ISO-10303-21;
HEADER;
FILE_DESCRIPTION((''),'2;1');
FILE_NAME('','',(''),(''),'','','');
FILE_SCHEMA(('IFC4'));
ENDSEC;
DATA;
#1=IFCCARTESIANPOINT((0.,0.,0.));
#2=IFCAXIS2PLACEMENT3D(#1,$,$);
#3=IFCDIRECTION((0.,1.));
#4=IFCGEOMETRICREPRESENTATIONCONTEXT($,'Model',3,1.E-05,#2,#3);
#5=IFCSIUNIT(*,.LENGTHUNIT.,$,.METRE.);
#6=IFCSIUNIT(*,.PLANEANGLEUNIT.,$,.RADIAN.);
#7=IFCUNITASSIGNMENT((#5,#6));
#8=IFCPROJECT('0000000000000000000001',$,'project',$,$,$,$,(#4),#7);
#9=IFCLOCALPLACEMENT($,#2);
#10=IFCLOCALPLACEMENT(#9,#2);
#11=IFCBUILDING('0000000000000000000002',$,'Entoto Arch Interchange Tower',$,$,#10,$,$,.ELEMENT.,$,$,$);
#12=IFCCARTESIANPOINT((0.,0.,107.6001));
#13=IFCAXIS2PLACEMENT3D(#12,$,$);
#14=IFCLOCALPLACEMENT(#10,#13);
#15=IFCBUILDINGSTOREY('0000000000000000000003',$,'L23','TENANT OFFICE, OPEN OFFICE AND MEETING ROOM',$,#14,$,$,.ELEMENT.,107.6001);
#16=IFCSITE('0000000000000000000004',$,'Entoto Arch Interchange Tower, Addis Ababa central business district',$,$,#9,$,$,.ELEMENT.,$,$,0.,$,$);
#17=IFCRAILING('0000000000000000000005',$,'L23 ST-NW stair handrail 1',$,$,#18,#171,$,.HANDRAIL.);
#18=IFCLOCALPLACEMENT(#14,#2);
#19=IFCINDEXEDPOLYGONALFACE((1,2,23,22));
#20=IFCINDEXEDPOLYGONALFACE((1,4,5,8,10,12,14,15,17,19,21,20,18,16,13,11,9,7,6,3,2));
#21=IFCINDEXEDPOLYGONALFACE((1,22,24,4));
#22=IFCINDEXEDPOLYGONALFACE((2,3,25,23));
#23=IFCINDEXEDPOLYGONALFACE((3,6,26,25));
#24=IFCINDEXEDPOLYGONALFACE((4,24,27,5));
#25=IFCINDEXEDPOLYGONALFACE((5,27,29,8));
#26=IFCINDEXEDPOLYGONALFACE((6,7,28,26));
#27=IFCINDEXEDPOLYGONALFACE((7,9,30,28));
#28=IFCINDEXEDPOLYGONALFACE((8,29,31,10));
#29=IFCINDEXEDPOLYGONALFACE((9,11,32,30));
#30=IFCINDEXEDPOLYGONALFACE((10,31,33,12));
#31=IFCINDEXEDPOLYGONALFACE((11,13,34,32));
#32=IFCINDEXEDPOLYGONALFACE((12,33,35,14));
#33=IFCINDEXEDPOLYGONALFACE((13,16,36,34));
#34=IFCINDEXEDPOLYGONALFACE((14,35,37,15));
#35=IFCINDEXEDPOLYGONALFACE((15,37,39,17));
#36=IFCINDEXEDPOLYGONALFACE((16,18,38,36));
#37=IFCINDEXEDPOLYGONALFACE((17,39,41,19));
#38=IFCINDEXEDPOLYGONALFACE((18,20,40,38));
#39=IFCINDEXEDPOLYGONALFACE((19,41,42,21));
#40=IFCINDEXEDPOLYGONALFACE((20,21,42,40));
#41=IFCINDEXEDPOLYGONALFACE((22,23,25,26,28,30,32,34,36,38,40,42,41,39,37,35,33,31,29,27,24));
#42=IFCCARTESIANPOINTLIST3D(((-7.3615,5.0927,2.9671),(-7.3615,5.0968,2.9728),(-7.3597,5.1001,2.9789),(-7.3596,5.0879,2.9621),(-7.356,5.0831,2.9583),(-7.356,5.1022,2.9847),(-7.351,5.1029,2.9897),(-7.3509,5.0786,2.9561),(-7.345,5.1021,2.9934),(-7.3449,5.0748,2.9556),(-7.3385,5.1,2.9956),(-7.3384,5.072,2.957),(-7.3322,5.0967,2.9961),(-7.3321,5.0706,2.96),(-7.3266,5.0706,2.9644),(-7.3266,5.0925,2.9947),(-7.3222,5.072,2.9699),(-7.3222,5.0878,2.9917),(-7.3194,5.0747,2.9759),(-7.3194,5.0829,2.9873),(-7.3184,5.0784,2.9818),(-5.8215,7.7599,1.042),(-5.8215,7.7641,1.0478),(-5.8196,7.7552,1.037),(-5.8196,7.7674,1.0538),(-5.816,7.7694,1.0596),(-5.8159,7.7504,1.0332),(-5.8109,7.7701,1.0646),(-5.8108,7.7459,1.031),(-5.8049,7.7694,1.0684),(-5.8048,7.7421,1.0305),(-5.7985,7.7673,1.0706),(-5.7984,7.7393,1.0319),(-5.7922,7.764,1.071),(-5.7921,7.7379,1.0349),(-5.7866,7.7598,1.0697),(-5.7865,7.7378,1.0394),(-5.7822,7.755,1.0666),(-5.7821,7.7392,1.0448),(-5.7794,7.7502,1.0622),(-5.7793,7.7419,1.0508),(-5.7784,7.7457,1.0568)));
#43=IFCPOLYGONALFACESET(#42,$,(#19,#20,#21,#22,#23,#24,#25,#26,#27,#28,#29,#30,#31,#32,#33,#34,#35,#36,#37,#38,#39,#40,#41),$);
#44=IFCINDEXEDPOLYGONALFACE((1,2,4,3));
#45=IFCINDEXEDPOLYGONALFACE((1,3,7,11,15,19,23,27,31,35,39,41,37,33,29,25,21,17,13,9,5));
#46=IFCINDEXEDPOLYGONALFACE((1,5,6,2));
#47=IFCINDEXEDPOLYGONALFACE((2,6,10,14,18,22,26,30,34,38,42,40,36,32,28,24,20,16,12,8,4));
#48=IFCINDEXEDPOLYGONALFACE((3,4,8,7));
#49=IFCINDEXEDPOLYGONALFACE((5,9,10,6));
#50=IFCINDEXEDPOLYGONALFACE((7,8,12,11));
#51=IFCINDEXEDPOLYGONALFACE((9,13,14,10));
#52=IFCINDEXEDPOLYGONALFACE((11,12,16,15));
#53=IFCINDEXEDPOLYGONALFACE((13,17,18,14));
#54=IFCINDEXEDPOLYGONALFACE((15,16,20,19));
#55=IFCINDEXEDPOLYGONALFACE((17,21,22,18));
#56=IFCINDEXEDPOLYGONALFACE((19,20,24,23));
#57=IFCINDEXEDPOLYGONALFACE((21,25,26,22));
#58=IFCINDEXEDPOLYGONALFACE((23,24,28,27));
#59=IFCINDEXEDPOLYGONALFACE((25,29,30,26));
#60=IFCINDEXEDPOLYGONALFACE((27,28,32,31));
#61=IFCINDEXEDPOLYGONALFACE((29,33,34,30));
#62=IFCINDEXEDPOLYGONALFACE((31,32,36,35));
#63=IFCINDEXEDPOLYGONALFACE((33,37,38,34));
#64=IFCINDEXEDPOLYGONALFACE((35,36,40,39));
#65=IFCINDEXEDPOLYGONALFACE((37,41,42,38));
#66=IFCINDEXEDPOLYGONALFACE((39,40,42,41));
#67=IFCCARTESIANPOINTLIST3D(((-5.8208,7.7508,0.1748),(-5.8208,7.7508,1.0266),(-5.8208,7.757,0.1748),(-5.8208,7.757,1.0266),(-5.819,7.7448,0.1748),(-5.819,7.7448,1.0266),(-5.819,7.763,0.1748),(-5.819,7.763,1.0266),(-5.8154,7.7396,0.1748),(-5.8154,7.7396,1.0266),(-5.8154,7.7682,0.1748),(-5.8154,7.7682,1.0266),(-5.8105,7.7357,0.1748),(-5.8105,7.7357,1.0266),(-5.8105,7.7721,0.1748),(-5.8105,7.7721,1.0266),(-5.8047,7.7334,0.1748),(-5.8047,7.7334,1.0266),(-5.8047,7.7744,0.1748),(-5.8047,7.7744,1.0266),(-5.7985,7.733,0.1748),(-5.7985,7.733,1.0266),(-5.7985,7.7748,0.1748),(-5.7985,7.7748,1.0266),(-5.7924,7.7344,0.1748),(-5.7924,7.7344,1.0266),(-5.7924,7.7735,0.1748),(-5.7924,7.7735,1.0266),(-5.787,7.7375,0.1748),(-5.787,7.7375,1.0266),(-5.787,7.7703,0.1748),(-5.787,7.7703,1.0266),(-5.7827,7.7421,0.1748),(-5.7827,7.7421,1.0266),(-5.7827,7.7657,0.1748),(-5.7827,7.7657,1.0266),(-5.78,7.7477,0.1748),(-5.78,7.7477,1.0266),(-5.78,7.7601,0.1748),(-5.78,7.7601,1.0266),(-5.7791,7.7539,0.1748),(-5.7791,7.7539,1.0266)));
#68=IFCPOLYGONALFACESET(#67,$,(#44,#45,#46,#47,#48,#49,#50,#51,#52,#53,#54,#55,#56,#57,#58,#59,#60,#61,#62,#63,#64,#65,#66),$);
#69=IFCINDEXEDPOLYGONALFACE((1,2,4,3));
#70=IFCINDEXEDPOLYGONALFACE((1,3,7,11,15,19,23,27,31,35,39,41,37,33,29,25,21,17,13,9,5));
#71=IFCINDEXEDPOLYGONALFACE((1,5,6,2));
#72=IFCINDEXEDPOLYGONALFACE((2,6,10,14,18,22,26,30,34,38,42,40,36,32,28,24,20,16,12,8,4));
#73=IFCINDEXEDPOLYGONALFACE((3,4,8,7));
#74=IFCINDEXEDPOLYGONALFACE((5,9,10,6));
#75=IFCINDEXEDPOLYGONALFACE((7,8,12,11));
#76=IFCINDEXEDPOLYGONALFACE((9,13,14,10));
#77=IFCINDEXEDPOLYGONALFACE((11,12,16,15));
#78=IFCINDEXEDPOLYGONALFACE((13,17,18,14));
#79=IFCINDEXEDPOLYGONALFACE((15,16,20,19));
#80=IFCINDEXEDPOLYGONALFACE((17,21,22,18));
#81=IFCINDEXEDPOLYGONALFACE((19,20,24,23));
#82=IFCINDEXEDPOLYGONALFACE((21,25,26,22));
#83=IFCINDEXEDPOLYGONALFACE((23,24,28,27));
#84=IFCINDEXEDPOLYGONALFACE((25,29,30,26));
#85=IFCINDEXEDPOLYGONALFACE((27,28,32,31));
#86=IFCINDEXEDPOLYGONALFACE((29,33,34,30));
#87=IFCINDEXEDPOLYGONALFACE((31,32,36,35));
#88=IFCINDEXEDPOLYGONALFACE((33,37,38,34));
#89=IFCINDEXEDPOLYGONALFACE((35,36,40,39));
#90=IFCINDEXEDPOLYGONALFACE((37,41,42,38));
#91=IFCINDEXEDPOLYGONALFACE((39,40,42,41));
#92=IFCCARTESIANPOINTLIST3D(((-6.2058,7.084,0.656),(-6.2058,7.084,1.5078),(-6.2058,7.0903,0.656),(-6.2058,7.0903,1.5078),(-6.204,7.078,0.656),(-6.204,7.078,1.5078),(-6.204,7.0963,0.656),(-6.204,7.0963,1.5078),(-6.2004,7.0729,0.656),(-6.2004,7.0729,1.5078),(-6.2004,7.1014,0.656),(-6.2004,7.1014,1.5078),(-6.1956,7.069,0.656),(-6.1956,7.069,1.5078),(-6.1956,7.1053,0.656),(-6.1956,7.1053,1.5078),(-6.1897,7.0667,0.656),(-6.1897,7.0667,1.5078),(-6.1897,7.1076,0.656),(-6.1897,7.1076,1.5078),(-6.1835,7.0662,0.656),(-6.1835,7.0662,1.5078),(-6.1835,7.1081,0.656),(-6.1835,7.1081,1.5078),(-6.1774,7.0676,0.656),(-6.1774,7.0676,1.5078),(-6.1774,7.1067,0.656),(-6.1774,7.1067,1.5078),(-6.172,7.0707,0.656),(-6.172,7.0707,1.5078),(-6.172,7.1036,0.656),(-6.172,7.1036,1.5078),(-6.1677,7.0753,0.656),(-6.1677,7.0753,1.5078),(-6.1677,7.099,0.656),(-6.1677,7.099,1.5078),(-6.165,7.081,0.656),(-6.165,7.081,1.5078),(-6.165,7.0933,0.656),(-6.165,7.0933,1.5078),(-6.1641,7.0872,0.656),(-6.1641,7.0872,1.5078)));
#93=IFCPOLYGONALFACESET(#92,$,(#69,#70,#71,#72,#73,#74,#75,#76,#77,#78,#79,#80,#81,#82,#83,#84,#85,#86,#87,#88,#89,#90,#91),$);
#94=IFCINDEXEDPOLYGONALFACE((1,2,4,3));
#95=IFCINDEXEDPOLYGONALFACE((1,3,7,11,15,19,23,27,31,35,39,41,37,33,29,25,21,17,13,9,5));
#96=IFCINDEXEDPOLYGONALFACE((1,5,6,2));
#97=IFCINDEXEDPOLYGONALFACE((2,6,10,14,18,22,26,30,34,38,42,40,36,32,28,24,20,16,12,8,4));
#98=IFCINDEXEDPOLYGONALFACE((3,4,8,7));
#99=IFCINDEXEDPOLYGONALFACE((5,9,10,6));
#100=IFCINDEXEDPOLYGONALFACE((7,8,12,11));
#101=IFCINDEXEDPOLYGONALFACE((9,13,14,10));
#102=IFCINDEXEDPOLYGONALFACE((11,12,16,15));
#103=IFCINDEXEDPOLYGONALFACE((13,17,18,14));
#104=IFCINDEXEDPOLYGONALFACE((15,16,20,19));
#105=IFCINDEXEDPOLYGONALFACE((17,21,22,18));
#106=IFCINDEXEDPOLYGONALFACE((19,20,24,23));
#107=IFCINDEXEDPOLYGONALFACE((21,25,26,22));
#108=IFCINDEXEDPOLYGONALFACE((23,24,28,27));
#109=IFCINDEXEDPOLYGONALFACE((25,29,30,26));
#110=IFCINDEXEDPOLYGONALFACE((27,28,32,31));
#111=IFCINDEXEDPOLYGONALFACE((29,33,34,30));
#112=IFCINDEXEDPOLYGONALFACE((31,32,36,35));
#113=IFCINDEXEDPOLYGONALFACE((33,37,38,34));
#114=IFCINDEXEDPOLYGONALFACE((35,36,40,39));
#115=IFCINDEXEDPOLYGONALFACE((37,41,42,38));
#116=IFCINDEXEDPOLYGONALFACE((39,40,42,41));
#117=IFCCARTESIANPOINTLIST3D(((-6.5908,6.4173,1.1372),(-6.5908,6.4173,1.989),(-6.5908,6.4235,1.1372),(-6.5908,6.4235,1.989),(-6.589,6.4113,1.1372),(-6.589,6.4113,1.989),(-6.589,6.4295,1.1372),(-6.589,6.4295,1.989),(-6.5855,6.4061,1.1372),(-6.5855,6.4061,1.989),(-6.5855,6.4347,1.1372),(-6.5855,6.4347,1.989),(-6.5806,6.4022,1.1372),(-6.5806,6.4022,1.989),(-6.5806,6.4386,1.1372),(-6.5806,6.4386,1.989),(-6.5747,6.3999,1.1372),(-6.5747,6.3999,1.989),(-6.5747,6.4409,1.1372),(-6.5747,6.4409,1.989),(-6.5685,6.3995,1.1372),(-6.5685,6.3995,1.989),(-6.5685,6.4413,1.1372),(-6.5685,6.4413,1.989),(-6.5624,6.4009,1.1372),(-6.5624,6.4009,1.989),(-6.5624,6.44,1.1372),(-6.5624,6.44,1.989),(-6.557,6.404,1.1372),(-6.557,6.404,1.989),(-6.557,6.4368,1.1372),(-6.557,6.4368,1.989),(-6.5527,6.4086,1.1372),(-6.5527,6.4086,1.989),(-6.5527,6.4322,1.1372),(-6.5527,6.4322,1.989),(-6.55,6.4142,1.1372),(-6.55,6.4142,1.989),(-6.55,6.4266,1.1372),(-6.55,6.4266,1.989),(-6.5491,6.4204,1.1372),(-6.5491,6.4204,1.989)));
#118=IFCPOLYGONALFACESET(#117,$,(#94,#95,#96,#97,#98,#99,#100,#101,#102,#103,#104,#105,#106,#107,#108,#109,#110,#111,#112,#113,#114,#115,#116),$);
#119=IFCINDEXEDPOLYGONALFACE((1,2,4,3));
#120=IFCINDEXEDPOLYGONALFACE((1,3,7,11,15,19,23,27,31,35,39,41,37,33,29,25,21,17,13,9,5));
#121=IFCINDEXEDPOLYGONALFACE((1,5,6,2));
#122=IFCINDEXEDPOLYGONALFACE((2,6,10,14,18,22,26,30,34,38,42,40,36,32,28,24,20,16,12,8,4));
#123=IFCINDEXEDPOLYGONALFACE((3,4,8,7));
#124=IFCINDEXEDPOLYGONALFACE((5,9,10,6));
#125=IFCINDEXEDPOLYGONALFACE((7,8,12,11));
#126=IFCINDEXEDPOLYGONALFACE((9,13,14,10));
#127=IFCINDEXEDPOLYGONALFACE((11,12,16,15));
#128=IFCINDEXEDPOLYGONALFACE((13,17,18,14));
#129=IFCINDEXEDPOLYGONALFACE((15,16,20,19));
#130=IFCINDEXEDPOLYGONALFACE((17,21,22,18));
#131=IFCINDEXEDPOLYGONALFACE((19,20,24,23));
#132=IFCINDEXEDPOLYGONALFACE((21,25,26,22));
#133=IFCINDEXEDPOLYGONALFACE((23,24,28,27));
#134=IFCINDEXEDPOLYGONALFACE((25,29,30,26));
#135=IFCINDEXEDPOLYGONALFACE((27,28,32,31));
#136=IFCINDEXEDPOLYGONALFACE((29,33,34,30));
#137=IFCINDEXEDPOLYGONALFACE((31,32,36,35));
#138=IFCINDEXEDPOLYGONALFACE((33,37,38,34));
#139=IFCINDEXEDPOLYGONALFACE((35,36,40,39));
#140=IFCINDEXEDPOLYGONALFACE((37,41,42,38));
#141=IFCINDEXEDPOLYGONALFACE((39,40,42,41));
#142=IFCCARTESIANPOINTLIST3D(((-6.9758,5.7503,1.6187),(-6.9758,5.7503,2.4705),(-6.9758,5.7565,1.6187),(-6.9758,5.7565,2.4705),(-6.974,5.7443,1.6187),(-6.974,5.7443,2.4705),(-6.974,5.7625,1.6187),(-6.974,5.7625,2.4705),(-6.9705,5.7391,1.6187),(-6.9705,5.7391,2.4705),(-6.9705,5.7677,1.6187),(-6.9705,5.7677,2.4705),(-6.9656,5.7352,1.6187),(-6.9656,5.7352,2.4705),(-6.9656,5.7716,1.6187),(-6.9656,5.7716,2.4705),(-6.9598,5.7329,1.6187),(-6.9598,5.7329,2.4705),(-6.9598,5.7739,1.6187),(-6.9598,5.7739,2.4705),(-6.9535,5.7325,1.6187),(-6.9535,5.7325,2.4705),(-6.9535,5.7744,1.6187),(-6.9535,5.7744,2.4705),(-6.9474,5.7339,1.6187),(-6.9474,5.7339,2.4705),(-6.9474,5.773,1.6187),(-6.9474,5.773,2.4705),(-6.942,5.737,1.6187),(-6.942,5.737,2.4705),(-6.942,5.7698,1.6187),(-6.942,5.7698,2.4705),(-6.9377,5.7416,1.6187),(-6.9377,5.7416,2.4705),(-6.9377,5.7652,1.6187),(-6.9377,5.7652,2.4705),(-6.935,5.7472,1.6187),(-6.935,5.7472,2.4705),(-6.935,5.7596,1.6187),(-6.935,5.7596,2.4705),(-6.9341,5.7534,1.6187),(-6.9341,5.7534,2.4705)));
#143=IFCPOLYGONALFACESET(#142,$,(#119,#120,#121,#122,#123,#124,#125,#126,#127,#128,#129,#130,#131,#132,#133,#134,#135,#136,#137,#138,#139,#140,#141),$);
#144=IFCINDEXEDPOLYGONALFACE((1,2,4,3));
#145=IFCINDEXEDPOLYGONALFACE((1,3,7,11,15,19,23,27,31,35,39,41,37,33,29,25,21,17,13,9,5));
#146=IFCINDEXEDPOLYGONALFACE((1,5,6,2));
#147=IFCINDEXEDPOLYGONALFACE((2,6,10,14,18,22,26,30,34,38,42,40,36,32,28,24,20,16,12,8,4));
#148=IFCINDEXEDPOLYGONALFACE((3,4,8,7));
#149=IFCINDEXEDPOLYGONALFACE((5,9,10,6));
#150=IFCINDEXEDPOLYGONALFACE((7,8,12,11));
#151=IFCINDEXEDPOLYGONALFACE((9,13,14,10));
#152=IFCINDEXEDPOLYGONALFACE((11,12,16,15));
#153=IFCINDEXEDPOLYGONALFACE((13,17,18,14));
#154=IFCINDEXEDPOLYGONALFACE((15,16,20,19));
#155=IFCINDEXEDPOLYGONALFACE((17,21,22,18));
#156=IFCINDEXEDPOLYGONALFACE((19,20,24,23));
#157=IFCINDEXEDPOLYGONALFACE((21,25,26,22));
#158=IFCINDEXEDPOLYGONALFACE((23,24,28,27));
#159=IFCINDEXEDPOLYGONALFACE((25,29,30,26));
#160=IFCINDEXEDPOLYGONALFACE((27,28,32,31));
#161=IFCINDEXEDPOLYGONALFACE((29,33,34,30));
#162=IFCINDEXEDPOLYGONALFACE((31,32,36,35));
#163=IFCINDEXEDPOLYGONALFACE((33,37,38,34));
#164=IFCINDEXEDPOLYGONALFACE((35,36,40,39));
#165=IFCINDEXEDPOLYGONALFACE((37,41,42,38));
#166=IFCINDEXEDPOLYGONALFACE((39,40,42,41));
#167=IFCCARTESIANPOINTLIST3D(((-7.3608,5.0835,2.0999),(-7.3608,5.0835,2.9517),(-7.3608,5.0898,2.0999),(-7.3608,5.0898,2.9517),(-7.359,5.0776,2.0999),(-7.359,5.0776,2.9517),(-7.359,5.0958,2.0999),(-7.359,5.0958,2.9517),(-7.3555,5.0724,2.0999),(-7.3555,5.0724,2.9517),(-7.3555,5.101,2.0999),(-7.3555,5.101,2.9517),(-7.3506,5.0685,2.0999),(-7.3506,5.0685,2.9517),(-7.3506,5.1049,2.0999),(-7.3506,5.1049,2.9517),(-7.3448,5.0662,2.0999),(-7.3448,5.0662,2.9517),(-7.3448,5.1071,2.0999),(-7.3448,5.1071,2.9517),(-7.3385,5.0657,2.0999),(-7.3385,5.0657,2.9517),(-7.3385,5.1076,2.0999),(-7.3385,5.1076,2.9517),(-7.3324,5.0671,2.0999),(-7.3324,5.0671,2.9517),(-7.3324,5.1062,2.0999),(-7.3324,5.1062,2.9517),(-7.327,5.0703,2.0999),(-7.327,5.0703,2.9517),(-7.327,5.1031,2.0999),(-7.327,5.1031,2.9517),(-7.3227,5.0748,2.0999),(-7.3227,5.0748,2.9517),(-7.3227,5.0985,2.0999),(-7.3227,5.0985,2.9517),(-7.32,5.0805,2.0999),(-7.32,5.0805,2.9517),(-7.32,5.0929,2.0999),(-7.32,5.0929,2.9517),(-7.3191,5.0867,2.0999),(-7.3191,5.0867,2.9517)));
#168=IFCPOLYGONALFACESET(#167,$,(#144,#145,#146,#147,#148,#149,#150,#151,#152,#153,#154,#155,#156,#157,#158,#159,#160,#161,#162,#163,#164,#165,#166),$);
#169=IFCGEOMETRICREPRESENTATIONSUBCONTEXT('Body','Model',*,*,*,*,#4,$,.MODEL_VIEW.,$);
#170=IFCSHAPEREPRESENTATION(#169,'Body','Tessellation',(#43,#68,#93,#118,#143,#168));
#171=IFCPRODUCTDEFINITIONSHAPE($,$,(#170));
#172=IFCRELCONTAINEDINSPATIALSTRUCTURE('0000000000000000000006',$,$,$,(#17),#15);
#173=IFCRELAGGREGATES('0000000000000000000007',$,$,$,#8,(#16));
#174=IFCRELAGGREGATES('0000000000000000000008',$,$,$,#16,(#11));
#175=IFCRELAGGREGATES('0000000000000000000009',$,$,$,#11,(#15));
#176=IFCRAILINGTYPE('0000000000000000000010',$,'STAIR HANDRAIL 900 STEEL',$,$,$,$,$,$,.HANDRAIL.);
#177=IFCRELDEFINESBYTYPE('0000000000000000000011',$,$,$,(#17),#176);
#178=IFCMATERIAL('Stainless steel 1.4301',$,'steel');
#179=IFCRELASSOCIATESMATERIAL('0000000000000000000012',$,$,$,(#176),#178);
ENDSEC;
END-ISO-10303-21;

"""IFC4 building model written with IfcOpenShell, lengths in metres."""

from ifc_helpers import new_model, si_unit, direction, frame, origin, origin_2d, place, context, subcontext, project, spatial, circle, extrude, material, type_object, element, save


model = new_model("IFC4")

# Units and contexts
model_context = context("Model", 3, precision=1e-05, world=origin(), true_north=direction((0.0, 1.0)))
body_context = subcontext(model_context, "Body", "Model", "MODEL_VIEW")
ifc_project = project(units=[si_unit("LENGTHUNIT", "METRE"), si_unit("PLANEANGLEUNIT", "RADIAN")], contexts=[model_context])

# Site, building, storey
site_placement = place(None, origin())
site = spatial("IfcSite", under=ifc_project, at=site_placement, Name="Entoto Arch Interchange Tower, Addis Ababa central business district", CompositionType="ELEMENT", RefElevation=0.0)
building_placement = place(site_placement, origin())
building = spatial("IfcBuilding", under=site, at=building_placement, Name="Entoto Arch Interchange Tower", CompositionType="ELEMENT")
storey_placement = place(building_placement, frame((0.0, 0.0, 107.6001)))
storey = spatial("IfcBuildingStorey", under=building, at=storey_placement, Name="L23", Description="TENANT OFFICE, OPEN OFFICE AND MEETING ROOM", CompositionType="ELEMENT", Elevation=107.6001)

# Railing
ifc_material_1 = material(Name="Stainless steel 1.4301", Category="steel")
railing_type = type_object("IfcRailingType", Name="STAIR HANDRAIL 900 STEEL", PredefinedType="HANDRAIL", material=ifc_material_1)
railing_placement = place(storey_placement, frame((-5.8, 7.7539, 0.1748)))
element("IfcRailing", 1, at=railing_placement, inside=storey, type_object=railing_type, Name="L23 ST-NW stair handrail 1", PredefinedType="HANDRAIL", context=body_context, shape_type="SweptSolid", body=[
    extrude(circle(Radius=0.0239, at=origin_2d()), frame((0.0, 0.0, 0.876), z_axis=(-0.424015, -0.734364, 0.530019), x_axis=(0.86601, -0.500027, 0.0)), (0.0, 0.0, 1.0), 3.6321),
    extrude(circle(Radius=0.021, at=origin_2d()), origin(), (0.0, 0.0, 1.0), 0.8518),
    extrude(circle(Radius=0.021, at=origin_2d()), frame((-0.385, -0.6667, 0.4812)), (0.0, 0.0, 1.0), 0.8518),
    extrude(circle(Radius=0.021, at=origin_2d()), frame((-0.77, -1.3335, 0.9624)), (0.0, 0.0, 1.0), 0.8518),
    extrude(circle(Radius=0.021, at=origin_2d()), frame((-1.155, -2.0005, 1.4438)), (0.0, 0.0, 1.0), 0.8518),
    extrude(circle(Radius=0.021, at=origin_2d()), frame((-1.54, -2.6672, 1.925)), (0.0, 0.0, 1.0), 0.8518),
])

save(model, "model.ifc")
